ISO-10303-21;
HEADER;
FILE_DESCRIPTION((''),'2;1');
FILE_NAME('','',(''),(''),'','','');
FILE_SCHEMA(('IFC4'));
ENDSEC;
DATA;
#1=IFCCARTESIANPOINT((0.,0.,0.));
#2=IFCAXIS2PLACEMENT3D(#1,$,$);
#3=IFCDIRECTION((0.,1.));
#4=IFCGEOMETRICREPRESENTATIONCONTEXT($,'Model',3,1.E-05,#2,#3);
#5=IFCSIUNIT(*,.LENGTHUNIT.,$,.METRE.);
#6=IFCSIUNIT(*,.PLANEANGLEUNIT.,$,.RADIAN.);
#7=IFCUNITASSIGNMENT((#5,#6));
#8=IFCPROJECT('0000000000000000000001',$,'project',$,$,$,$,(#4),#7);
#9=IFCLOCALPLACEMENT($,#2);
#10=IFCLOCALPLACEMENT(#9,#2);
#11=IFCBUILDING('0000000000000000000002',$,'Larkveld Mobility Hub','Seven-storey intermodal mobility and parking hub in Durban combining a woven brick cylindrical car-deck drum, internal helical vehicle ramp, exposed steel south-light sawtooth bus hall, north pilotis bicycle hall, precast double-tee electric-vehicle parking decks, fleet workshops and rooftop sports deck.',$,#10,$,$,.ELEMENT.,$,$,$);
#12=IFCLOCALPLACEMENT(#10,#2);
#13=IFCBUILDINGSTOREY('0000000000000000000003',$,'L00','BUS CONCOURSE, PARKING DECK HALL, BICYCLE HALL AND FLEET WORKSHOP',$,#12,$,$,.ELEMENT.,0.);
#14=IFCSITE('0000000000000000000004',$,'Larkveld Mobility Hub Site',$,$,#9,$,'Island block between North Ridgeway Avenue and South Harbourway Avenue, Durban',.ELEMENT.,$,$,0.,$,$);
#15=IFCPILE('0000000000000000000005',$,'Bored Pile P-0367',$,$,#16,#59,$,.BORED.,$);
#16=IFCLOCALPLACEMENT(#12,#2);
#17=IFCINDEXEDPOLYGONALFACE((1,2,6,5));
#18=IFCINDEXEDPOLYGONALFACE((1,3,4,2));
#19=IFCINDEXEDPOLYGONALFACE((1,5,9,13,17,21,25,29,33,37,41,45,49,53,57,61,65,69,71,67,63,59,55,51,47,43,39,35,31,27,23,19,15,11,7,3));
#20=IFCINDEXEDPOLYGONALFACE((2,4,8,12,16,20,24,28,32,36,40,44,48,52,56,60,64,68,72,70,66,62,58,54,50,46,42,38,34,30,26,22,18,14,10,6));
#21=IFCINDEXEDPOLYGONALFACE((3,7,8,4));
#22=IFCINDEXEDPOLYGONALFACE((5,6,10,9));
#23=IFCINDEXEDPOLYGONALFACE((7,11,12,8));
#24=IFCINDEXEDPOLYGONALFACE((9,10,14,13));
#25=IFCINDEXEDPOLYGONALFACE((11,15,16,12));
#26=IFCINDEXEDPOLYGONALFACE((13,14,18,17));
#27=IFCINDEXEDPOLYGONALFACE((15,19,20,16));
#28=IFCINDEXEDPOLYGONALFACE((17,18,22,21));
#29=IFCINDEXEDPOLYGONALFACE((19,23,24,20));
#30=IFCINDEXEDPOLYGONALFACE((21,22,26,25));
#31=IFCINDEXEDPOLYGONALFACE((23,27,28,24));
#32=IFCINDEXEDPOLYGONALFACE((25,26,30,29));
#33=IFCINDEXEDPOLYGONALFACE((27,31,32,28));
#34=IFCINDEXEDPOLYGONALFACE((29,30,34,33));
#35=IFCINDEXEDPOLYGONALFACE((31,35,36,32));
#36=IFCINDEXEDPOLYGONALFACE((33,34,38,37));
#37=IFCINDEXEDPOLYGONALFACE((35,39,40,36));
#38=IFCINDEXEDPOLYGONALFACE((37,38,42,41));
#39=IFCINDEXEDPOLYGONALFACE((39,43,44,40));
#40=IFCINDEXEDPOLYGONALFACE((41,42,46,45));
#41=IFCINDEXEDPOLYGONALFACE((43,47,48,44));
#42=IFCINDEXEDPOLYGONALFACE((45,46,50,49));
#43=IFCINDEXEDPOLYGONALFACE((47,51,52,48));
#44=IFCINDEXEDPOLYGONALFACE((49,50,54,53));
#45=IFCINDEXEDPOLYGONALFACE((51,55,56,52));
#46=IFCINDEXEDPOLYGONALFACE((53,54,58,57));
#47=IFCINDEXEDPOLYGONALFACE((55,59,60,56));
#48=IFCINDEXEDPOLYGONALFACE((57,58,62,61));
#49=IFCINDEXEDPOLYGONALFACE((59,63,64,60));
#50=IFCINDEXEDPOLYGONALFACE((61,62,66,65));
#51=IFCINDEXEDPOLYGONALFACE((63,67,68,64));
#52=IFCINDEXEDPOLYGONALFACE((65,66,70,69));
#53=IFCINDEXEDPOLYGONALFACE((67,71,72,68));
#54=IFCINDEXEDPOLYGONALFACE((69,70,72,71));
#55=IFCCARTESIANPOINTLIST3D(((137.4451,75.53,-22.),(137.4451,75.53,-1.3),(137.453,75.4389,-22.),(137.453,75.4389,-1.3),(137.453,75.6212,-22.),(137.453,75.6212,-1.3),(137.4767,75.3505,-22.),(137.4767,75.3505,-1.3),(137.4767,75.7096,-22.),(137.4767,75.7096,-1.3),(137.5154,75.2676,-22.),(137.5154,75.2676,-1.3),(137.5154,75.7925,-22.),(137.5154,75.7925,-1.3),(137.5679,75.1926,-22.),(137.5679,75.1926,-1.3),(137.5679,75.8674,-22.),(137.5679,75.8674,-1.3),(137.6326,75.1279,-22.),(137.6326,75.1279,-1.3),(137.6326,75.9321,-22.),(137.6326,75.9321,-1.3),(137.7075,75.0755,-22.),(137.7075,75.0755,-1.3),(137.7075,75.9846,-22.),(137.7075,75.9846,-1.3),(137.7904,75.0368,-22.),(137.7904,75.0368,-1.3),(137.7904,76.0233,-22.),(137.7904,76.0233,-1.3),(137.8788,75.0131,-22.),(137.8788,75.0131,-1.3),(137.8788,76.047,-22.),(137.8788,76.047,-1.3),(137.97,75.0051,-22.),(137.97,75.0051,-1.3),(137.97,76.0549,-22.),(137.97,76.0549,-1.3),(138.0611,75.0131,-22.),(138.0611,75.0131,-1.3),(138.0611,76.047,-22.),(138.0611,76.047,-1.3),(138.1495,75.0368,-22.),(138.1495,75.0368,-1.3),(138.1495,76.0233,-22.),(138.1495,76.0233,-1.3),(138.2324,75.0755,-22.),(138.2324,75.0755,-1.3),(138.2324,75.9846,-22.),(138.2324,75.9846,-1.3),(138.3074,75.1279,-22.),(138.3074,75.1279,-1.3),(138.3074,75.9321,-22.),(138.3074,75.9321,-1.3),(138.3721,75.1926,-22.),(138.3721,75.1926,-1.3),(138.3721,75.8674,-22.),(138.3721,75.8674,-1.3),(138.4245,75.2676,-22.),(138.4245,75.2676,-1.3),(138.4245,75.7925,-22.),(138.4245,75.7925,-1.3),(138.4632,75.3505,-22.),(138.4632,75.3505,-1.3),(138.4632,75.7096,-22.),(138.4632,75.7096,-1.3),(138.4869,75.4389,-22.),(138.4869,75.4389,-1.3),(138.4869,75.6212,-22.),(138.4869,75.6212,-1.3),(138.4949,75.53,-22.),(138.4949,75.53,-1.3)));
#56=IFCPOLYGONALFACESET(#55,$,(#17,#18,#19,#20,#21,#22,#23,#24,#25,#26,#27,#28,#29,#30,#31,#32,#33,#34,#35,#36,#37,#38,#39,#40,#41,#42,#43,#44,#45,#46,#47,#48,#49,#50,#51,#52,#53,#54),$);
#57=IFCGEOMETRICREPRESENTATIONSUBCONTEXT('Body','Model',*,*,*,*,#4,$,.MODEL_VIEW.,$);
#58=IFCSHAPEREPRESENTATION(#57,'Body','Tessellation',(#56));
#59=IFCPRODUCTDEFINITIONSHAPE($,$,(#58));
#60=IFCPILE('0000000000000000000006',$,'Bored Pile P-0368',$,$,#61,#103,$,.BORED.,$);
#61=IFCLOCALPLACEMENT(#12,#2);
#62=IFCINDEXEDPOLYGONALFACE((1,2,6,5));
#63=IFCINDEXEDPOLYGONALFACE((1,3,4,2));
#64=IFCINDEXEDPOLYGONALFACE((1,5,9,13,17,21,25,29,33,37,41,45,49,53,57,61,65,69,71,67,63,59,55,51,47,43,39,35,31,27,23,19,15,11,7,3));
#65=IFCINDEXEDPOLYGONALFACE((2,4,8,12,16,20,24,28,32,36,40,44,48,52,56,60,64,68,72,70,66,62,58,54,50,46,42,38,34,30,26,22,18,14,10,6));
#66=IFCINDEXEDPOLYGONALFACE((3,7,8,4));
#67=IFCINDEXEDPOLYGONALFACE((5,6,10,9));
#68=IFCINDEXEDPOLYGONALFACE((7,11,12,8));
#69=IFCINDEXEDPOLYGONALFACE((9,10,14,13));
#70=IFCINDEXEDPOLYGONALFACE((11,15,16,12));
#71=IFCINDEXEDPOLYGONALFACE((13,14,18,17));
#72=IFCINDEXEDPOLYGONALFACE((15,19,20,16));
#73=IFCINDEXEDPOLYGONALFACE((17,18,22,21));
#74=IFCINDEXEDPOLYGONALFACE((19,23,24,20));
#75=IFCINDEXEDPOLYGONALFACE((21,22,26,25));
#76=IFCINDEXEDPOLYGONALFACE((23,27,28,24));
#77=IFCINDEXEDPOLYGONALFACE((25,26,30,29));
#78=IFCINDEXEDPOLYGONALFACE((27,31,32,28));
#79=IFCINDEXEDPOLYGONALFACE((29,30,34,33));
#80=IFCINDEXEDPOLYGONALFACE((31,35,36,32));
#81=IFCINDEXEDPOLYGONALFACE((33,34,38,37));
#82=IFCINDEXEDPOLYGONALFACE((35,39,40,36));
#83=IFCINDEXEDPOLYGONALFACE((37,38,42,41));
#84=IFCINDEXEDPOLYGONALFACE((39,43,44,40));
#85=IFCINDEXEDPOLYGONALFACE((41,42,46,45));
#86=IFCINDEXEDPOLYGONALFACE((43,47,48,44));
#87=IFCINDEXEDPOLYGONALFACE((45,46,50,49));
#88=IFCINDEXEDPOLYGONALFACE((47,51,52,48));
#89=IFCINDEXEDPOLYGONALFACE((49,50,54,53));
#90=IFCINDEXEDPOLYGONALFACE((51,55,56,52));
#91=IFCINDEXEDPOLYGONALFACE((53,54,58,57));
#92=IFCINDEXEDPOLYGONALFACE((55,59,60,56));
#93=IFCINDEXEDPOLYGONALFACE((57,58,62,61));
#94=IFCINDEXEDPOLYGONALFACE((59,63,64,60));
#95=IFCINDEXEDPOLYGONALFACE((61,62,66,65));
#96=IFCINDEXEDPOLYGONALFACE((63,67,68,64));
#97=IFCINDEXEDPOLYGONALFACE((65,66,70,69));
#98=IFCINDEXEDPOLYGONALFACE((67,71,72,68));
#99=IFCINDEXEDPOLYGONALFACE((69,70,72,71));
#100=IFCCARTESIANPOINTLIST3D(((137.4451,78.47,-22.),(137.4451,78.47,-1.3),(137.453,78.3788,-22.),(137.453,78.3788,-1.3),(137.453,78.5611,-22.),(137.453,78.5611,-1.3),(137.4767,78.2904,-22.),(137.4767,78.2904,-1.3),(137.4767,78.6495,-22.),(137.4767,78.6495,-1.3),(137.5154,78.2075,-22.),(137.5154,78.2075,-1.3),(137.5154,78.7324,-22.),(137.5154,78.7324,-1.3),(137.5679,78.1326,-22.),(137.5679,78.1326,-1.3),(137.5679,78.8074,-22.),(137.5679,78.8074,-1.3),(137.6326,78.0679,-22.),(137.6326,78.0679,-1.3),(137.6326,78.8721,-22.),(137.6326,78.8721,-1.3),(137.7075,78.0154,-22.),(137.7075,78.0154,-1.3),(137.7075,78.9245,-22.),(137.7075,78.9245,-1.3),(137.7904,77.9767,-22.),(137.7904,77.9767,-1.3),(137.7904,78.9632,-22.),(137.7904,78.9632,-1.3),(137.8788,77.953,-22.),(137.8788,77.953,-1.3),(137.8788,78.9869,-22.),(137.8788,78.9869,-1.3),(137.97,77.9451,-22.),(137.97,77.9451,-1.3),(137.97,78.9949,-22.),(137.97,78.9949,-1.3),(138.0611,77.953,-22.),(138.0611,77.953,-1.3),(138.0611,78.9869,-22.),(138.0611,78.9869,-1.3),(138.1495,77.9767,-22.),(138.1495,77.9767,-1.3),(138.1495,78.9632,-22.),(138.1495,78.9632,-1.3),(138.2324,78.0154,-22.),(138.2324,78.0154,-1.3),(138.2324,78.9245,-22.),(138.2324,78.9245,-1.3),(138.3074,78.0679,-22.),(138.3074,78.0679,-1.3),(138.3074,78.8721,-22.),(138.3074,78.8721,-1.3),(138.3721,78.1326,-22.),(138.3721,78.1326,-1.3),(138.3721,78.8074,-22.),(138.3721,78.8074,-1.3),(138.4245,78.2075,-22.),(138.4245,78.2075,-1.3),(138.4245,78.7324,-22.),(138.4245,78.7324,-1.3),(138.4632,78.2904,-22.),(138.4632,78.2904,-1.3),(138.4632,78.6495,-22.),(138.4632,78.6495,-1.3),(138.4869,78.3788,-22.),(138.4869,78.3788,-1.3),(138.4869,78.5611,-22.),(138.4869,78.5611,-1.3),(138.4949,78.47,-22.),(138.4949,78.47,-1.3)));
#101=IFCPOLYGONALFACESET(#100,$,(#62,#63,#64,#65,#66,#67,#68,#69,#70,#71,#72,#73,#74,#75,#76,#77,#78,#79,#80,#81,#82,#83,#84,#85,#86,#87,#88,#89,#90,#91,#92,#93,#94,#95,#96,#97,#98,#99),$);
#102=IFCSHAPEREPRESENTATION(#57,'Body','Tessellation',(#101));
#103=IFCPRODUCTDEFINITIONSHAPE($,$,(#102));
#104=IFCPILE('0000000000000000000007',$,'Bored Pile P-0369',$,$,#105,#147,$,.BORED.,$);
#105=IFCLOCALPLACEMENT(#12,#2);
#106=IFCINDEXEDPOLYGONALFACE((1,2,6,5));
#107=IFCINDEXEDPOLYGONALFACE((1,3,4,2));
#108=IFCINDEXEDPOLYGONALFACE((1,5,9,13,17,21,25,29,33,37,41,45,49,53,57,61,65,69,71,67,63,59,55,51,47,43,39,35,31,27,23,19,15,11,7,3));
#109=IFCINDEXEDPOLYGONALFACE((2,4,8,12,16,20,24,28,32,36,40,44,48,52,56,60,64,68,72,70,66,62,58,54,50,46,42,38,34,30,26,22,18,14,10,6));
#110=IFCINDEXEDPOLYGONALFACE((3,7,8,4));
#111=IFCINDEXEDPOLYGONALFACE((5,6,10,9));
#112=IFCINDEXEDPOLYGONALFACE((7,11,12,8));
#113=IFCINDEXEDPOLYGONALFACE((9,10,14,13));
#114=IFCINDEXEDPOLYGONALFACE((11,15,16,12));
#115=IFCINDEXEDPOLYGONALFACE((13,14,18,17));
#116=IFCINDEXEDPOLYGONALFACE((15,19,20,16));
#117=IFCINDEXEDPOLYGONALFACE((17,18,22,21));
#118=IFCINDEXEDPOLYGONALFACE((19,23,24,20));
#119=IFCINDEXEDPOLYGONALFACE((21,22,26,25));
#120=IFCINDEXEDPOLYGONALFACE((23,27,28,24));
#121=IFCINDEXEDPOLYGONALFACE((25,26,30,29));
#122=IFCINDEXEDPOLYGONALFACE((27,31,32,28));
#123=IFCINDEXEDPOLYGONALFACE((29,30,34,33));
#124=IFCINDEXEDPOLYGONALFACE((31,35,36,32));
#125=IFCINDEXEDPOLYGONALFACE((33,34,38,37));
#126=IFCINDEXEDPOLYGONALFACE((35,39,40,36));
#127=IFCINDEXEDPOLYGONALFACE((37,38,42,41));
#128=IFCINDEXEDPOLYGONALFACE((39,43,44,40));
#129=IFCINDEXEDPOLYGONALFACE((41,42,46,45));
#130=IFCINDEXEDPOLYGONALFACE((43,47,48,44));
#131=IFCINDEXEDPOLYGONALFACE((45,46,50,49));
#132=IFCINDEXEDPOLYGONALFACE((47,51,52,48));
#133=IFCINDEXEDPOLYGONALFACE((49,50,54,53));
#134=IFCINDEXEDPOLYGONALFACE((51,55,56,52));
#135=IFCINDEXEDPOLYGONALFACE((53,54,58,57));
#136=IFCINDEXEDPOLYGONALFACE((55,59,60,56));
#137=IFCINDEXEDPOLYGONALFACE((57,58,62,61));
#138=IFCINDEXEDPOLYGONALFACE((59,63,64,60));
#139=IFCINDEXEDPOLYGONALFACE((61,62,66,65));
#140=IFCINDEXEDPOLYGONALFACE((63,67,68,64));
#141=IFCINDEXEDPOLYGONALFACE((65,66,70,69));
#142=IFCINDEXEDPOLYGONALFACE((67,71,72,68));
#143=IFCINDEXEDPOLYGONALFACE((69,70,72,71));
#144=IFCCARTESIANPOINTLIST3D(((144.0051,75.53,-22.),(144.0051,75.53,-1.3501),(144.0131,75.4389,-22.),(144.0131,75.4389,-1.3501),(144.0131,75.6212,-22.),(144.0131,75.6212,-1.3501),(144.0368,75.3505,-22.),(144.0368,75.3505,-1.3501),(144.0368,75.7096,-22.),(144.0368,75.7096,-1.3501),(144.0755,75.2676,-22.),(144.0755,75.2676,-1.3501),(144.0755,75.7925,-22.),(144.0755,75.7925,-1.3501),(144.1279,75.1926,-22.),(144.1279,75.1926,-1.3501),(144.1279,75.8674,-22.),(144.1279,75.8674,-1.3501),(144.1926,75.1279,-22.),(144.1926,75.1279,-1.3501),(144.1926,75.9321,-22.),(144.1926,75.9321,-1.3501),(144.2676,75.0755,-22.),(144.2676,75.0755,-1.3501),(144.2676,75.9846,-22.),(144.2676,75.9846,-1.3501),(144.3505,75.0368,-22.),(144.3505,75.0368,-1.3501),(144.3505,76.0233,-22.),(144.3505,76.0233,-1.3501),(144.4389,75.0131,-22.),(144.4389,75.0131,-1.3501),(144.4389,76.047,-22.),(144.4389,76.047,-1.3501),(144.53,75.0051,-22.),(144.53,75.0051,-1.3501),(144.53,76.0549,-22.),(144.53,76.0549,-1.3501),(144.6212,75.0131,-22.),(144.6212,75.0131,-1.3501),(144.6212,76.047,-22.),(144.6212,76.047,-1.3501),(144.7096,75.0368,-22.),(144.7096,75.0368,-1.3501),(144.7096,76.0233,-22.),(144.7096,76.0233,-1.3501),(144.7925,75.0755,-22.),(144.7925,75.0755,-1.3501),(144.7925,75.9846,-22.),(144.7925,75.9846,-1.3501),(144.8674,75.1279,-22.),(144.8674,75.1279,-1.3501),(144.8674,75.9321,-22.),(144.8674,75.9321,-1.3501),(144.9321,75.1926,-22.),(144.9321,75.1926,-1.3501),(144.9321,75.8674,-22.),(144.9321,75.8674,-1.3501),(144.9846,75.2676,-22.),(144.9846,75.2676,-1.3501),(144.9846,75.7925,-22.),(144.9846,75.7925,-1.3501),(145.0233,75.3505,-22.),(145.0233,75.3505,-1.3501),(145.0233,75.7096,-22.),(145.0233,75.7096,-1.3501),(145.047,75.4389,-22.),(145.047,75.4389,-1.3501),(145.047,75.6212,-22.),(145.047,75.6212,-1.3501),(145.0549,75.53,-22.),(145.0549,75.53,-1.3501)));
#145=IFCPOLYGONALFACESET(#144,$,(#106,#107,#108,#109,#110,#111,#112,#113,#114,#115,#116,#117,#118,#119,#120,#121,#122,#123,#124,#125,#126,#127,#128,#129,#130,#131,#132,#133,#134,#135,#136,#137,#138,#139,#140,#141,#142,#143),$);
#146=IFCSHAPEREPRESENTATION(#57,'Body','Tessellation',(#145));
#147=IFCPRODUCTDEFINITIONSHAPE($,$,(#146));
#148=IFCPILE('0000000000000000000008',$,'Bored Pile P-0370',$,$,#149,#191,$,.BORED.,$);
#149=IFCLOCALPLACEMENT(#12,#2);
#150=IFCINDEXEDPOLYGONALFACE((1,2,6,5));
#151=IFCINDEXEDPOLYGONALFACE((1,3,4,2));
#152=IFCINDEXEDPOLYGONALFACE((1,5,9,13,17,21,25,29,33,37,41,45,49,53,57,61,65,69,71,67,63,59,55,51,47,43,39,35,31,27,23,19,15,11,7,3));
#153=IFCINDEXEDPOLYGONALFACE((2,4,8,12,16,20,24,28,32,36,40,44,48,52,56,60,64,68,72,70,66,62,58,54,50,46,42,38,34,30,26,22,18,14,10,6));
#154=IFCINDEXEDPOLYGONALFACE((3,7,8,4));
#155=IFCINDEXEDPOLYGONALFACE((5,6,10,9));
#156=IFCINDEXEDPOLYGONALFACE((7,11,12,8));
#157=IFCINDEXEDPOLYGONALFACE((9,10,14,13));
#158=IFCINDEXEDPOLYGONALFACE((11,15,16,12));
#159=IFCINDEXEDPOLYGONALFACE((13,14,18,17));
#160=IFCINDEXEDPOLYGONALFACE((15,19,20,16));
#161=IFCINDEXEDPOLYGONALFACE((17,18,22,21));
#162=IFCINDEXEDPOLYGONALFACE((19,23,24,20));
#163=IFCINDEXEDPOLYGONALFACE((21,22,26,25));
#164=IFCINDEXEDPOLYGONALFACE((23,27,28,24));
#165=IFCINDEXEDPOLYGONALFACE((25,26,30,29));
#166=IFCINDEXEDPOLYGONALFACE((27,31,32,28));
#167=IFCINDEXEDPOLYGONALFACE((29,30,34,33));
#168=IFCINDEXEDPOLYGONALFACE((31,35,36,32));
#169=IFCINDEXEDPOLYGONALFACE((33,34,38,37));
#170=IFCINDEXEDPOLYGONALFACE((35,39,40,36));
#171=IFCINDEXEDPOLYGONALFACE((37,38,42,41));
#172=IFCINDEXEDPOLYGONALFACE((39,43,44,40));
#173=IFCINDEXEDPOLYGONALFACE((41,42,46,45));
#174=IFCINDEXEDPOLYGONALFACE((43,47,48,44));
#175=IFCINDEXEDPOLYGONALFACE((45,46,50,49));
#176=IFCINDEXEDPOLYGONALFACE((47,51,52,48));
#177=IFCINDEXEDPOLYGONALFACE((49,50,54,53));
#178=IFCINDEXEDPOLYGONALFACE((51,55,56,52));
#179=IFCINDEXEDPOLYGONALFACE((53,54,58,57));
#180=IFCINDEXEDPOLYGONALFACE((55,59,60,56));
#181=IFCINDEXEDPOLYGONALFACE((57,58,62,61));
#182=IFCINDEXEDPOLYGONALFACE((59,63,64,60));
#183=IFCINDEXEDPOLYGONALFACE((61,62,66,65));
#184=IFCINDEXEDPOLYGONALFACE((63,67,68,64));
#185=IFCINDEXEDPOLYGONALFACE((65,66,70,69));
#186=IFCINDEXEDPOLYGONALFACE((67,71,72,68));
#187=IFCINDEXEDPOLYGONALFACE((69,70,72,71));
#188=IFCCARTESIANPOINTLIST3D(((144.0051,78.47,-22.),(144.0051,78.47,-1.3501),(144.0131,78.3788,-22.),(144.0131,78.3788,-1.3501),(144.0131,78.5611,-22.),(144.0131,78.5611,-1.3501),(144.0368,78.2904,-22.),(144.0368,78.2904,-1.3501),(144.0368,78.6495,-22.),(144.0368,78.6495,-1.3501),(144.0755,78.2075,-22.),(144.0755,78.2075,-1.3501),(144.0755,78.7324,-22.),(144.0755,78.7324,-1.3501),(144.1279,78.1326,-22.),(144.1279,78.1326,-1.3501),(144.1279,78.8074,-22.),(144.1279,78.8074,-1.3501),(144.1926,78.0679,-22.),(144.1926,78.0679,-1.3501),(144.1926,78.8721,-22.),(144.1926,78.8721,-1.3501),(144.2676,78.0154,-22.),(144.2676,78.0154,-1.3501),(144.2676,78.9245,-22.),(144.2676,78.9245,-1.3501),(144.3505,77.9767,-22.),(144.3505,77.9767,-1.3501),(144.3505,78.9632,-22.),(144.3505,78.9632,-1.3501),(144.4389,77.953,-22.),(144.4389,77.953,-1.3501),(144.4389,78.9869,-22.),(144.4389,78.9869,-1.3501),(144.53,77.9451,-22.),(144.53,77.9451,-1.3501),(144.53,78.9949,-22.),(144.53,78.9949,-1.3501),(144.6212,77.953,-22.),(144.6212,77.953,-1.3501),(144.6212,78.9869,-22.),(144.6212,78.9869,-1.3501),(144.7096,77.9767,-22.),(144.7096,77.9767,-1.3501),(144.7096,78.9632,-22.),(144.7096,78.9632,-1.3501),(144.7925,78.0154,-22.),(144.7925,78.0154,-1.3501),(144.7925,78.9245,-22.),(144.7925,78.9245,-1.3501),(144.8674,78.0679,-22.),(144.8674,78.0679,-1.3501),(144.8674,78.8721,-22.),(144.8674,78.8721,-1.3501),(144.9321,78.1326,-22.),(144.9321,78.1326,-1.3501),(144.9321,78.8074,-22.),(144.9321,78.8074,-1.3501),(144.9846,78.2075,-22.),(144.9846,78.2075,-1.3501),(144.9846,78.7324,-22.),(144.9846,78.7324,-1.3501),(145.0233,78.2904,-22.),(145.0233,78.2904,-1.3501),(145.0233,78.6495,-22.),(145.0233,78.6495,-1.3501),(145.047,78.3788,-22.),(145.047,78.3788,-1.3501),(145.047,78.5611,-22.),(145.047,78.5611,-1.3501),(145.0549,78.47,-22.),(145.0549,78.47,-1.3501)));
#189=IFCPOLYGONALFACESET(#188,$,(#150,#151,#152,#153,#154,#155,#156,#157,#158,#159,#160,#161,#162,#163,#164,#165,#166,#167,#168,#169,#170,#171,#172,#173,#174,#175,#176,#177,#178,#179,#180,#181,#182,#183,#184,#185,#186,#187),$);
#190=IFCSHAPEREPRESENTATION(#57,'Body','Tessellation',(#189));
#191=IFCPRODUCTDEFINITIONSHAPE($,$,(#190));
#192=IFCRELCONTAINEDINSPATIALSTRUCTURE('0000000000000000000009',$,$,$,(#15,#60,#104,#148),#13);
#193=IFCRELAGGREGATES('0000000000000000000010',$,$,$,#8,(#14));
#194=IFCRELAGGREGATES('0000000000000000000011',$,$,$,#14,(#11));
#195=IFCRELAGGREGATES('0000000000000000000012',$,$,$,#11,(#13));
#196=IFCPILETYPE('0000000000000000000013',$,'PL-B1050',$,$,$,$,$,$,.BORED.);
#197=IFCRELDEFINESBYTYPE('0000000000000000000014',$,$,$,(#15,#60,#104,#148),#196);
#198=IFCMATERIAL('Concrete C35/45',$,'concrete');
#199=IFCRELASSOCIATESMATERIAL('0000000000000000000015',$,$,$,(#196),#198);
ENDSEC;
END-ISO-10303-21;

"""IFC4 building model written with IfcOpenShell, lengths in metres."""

from ifc_helpers import new_model, si_unit, direction, frame, origin, origin_2d, place, context, subcontext, project, spatial, circle, extrude, material, material_profile, profile_set, type_object, element, save


model = new_model("IFC4")

# Units and contexts
model_context = context("Model", 3, precision=1e-05, world=origin(), true_north=direction((0.0, 1.0)))
body_context = subcontext(model_context, "Body", "Model", "MODEL_VIEW")
ifc_project = project(units=[si_unit("LENGTHUNIT", "METRE"), si_unit("PLANEANGLEUNIT", "RADIAN")], contexts=[model_context])

# Site, building, storey
site_placement = place(None, origin())
site = spatial("IfcSite", under=ifc_project, at=site_placement, Name="Larkveld Mobility Hub Site", LongName="Island block between North Ridgeway Avenue and South Harbourway Avenue, Durban", CompositionType="ELEMENT", RefElevation=0.0)
building_placement = place(site_placement, origin())
building = spatial("IfcBuilding", under=site, at=building_placement, Name="Larkveld Mobility Hub", Description="Seven-storey intermodal mobility and parking hub in Durban combining a woven brick cylindrical car-deck drum, internal helical vehicle ramp, exposed steel south-light sawtooth bus hall, north pilotis bicycle hall, precast double-tee electric-vehicle parking decks, fleet workshops and rooftop sports deck.", CompositionType="ELEMENT")
storey_placement = place(building_placement, origin())
storey = spatial("IfcBuildingStorey", under=building, at=storey_placement, Name="L00", Description="BUS CONCOURSE, PARKING DECK HALL, BICYCLE HALL AND FLEET WORKSHOP", CompositionType="ELEMENT", Elevation=0.0)

# Shared definitions
ifc_material_1 = material(Name="Concrete C35/45", Category="concrete")

# Piles
ifc_material_profile_1 = material_profile(ifc_material_1, circle(Radius=0.5249, at=origin_2d()), Name="PILE D1050")
ifc_profile_set_1 = profile_set([ifc_material_profile_1], Name="Concrete C35/45")
pile_type_1 = type_object("IfcPileType", Name="PL-B1050", PredefinedType="BORED", material=ifc_profile_set_1)
for number, where, z_axis, x_axis, name in (
    (1, (137.97, 75.53, -1.3), (0.0, 0.0, -1.0), (1.0, 0.0, 0.0), "Bored Pile P-0367"),
    (2, (137.97, 78.47, -1.3), (0.0, 0.0, -1.0), (1.0, 0.0, 0.0), "Bored Pile P-0368"),
):
    element("IfcPile", number, at=place(storey_placement, frame(where, z_axis=z_axis, x_axis=x_axis)), inside=storey, type_object=pile_type_1, Name=name, PredefinedType="BORED", context=body_context, shape_type="SweptSolid", body=[
        extrude(circle(Radius=0.5249, at=origin_2d()), origin(), (0.0, 0.0, 1.0), 20.7),
    ])
for number, where, z_axis, x_axis, name in (
    (3, (144.53, 75.53, -1.3501), (0.0, 0.0, -1.0), (1.0, 0.0, 0.0), "Bored Pile P-0369"),
    (4, (144.53, 78.47, -1.3501), (0.0, 0.0, -1.0), (1.0, 0.0, 0.0), "Bored Pile P-0370"),
):
    element("IfcPile", number, at=place(storey_placement, frame(where, z_axis=z_axis, x_axis=x_axis)), inside=storey, type_object=pile_type_1, Name=name, PredefinedType="BORED", context=body_context, shape_type="SweptSolid", body=[
        extrude(circle(Radius=0.5249, at=origin_2d()), origin(), (0.0, 0.0, 1.0), 20.6499),
    ])

save(model, "model.ifc")
